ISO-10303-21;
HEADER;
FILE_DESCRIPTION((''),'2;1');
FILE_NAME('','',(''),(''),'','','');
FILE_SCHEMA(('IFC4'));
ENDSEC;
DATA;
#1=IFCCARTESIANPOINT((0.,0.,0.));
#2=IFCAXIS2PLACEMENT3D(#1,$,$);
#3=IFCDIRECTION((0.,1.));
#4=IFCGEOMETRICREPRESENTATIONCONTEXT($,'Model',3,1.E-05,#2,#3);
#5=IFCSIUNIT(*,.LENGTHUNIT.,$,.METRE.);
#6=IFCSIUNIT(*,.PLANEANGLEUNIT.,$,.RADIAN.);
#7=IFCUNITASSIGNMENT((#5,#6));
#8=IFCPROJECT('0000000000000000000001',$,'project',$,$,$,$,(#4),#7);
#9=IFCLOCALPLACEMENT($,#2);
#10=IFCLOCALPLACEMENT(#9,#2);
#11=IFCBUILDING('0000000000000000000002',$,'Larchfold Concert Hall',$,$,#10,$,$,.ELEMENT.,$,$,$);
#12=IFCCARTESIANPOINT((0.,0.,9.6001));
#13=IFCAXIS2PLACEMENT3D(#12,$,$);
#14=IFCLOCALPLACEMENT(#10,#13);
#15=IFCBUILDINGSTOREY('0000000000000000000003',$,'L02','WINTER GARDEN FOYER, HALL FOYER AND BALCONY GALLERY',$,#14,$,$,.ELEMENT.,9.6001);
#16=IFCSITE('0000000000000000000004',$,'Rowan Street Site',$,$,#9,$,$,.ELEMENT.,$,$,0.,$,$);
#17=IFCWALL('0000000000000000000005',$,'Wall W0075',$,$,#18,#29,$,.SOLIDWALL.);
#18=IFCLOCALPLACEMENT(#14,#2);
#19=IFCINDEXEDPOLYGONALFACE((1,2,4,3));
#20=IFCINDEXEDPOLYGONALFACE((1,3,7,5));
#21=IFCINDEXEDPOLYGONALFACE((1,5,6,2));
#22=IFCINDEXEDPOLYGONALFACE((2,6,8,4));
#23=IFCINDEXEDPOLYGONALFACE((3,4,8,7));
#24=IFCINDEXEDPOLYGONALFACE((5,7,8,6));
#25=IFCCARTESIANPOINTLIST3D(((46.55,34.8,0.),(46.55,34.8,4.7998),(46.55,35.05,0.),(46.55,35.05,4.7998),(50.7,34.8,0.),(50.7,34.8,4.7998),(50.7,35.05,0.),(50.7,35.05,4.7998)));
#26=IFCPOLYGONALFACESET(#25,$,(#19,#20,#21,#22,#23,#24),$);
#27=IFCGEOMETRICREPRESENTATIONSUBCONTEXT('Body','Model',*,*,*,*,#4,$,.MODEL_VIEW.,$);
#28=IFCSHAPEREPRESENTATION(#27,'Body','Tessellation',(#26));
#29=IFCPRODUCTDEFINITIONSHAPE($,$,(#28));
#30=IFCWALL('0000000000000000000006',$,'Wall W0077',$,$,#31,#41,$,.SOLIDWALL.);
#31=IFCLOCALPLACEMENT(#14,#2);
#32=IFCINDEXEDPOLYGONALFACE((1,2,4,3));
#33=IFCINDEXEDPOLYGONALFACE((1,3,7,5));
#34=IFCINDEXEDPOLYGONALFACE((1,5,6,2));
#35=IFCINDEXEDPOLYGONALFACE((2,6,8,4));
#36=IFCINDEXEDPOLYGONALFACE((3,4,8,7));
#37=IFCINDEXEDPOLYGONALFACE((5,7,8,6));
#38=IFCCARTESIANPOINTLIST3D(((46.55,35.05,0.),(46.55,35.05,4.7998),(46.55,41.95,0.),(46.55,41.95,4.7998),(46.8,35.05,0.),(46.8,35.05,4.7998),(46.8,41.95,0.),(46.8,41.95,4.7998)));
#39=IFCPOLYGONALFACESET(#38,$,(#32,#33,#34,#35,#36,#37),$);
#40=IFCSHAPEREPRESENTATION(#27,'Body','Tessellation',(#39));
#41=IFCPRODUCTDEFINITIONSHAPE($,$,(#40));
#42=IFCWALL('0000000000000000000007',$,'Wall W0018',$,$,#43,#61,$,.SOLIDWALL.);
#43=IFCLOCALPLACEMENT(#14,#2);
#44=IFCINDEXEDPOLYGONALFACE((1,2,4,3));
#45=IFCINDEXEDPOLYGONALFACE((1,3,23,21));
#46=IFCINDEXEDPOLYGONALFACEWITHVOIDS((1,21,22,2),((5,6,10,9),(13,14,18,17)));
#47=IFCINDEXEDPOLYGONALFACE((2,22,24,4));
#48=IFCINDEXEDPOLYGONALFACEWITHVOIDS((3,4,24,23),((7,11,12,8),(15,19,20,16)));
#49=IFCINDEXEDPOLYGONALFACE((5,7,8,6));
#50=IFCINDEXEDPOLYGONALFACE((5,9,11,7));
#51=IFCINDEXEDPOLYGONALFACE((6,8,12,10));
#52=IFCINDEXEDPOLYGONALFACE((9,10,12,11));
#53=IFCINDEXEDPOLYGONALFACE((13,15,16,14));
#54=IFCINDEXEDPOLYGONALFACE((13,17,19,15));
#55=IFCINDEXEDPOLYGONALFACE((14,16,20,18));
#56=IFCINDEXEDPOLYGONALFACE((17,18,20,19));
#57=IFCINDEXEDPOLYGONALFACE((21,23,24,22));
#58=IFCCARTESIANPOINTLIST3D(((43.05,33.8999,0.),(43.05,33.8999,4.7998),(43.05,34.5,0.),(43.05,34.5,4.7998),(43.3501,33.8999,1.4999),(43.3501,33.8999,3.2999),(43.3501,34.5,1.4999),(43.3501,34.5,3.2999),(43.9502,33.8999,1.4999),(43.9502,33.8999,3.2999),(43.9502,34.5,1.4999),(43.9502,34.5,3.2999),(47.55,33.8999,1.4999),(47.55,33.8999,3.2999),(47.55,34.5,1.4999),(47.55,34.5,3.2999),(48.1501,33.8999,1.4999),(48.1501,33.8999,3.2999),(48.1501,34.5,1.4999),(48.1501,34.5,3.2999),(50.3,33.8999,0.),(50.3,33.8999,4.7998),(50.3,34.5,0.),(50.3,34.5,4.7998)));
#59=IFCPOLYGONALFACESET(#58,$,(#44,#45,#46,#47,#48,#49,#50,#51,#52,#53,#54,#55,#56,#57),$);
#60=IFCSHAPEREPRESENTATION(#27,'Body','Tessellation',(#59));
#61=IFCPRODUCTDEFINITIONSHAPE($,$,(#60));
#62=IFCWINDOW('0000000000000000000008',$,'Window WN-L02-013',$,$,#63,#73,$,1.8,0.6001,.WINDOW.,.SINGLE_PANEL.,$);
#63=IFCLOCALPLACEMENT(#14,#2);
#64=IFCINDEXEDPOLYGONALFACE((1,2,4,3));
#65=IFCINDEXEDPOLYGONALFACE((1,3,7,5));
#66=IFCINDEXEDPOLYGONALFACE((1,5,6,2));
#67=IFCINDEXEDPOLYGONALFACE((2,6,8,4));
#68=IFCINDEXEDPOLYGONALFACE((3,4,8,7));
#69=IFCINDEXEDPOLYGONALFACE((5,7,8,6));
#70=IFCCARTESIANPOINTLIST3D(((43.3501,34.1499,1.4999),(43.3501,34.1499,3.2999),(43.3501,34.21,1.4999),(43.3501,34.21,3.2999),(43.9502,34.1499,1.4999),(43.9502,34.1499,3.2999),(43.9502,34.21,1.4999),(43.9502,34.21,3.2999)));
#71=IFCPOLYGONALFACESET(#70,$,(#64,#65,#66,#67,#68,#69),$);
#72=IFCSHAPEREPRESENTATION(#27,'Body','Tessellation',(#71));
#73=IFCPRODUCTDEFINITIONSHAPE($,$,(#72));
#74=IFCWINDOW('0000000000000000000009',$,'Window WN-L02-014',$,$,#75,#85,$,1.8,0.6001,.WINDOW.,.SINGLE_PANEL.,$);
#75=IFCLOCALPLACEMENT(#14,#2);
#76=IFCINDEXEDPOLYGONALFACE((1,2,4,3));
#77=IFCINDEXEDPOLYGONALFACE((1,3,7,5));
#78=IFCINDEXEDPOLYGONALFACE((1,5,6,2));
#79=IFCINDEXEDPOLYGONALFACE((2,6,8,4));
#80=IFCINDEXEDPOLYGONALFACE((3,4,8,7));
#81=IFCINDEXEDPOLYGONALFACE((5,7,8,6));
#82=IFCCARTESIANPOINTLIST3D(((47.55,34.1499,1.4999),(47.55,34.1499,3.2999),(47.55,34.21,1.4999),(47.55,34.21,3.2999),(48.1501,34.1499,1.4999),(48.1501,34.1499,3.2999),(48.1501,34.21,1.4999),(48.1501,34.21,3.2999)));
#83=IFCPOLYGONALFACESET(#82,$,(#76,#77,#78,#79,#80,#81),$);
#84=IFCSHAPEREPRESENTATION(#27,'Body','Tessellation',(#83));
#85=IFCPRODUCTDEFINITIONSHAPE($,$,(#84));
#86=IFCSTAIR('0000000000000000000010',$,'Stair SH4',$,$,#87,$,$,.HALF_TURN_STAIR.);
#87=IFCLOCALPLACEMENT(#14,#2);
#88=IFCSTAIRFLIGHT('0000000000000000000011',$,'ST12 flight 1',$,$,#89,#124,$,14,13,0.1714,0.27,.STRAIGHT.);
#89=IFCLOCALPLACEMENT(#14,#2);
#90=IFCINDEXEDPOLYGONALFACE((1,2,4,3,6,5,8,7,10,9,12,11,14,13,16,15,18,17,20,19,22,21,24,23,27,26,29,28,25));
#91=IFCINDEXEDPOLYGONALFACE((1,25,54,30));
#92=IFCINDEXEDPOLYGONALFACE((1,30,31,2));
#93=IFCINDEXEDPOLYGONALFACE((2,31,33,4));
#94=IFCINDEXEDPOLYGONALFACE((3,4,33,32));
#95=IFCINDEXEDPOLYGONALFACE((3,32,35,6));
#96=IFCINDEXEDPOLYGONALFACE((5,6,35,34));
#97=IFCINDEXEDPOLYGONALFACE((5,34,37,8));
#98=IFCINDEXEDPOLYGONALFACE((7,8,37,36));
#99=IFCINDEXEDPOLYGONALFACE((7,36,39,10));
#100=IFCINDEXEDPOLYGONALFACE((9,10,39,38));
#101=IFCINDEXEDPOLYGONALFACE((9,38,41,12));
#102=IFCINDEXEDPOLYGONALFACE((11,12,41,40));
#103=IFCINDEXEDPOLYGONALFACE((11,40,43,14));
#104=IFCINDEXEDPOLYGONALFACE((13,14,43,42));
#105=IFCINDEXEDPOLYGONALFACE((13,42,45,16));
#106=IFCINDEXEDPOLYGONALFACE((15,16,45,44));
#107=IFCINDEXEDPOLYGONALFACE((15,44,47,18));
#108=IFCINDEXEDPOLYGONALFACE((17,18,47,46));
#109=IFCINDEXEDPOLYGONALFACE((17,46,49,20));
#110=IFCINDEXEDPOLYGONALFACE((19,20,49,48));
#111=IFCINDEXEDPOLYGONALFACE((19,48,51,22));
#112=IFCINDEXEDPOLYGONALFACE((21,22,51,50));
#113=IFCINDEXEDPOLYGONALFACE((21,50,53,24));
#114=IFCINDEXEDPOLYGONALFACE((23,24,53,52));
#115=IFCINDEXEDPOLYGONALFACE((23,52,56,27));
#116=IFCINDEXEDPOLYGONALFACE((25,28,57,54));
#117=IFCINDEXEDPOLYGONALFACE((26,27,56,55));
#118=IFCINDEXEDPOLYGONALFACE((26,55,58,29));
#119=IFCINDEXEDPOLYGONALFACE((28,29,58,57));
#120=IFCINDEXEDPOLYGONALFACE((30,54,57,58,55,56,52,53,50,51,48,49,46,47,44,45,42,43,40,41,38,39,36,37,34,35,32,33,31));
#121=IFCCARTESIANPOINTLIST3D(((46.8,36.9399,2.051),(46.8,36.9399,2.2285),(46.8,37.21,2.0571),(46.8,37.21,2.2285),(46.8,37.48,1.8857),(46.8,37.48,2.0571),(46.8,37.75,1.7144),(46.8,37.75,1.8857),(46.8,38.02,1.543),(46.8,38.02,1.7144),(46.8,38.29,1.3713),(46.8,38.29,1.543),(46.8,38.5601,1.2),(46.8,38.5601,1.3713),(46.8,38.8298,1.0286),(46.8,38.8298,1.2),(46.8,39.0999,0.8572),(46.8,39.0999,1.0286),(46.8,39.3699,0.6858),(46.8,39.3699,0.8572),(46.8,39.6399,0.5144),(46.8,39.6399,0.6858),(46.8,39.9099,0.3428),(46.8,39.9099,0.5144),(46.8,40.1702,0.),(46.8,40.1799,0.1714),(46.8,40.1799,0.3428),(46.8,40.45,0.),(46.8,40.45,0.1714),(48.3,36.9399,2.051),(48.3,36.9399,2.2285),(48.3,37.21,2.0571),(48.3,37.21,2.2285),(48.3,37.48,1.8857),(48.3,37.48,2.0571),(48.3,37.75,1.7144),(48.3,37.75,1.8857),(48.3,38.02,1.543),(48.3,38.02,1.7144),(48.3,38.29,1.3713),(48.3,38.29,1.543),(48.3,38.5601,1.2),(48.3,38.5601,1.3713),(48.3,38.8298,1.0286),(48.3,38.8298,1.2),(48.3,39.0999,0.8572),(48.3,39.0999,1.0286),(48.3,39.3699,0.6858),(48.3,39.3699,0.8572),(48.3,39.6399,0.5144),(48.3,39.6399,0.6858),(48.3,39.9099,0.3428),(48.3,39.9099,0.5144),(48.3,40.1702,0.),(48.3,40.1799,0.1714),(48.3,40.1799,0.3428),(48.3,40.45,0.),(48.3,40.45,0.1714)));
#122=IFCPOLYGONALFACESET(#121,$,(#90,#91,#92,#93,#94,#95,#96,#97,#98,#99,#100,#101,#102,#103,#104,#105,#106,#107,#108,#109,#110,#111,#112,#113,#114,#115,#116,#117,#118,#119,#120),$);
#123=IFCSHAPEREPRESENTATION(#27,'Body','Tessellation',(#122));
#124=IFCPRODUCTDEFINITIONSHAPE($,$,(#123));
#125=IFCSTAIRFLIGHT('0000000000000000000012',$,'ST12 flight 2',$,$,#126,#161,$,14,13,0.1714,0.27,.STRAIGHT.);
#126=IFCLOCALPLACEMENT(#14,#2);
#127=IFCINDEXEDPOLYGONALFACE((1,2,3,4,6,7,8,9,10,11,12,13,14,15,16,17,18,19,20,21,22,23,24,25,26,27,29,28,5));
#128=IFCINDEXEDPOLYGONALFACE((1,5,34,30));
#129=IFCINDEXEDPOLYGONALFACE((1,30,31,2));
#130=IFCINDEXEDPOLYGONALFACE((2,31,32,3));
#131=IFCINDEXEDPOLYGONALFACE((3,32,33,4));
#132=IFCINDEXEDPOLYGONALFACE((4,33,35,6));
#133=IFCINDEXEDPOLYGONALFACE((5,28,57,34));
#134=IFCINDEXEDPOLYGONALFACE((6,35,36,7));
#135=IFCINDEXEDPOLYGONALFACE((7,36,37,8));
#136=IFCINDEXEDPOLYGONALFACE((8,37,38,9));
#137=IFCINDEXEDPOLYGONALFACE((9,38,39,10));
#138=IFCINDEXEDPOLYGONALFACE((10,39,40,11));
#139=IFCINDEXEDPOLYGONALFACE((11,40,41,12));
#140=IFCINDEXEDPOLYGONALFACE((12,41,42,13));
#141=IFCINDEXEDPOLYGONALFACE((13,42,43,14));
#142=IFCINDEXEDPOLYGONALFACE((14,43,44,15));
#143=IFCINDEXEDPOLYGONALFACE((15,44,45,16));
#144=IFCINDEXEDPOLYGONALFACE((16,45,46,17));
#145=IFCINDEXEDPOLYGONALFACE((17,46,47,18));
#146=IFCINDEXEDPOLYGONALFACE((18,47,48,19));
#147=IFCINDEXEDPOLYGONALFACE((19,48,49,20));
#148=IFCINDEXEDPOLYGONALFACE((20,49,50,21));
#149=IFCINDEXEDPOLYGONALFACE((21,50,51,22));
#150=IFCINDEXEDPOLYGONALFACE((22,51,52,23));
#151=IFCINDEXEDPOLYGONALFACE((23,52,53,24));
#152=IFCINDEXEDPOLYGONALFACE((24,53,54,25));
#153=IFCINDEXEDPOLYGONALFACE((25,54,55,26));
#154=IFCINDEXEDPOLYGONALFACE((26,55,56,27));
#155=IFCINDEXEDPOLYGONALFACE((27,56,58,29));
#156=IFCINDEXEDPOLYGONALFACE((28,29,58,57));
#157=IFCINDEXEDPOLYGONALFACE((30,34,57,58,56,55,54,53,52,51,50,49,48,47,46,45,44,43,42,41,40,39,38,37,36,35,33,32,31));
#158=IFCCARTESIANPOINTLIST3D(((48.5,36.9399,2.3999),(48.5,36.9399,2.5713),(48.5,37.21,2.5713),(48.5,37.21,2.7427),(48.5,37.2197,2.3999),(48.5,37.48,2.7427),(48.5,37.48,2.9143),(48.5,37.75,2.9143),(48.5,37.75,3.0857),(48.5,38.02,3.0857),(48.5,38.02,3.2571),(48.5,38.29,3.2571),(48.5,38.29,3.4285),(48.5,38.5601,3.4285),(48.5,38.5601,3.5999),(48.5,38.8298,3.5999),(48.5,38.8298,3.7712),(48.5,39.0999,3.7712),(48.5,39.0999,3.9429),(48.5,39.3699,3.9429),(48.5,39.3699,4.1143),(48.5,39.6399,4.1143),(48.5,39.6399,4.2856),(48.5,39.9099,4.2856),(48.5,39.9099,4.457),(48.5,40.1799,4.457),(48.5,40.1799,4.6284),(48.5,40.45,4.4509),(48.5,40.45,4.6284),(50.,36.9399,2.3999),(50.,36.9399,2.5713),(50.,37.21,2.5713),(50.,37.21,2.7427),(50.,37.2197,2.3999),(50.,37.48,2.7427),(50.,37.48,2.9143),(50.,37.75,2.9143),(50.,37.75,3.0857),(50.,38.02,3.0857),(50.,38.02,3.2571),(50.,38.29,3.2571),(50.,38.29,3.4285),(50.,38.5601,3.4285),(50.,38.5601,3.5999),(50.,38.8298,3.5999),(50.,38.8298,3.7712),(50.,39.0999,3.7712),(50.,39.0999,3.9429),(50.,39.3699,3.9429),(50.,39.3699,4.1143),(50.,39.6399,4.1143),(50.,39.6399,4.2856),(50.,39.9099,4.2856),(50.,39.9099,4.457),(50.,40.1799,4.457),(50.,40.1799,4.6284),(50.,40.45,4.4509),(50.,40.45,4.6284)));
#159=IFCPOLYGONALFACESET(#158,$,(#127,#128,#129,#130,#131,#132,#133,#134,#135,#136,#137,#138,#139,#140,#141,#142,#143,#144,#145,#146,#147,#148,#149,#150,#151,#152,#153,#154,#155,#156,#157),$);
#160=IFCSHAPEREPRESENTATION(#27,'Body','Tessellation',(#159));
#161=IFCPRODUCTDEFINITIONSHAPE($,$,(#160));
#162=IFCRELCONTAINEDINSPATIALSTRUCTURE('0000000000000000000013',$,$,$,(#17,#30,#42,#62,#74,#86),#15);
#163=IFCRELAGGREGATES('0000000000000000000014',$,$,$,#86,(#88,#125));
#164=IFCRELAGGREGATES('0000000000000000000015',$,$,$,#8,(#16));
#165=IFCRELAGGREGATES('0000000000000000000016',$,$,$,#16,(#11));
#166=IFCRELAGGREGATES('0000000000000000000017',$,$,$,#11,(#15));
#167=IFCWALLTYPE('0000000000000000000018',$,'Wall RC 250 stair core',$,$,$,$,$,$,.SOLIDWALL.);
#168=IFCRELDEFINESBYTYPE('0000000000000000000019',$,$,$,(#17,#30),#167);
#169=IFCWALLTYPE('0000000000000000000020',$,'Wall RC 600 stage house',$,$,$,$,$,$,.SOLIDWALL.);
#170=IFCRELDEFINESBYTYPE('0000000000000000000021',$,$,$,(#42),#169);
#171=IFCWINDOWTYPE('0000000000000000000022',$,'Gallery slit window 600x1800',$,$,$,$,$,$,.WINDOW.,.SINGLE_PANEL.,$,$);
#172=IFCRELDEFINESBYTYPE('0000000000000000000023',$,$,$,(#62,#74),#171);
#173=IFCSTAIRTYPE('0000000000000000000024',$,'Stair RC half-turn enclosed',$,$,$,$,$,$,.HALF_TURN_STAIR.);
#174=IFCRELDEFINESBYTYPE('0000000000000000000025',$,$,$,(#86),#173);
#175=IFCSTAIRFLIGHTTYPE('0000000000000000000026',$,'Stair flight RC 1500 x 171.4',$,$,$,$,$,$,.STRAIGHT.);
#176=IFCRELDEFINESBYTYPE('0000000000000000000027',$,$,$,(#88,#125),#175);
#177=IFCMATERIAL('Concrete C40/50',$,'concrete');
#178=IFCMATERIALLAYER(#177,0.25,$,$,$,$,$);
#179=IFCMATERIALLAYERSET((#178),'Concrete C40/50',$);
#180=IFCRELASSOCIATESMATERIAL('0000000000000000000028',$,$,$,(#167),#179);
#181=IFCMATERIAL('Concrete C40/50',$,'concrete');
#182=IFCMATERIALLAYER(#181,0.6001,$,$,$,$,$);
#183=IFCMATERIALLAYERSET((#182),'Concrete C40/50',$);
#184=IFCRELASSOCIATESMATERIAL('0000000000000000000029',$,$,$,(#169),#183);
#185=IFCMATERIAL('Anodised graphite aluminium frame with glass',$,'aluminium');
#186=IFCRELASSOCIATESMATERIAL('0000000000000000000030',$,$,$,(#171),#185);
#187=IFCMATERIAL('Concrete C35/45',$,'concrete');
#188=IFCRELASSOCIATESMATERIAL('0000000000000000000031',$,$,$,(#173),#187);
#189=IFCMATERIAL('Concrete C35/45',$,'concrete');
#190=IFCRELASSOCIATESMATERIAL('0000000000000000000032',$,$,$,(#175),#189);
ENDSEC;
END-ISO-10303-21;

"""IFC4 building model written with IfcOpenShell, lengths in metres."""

from ifc_helpers import new_model, si_unit, direction, frame, frame_2d, origin, place, context, subcontext, project, spatial, polyline, rectangle, outline, extrude, material, layer, layer_set, type_object, element, fill, aggregate, save


model = new_model("IFC4")

# Units and contexts
model_context = context("Model", 3, precision=1e-05, world=origin(), true_north=direction((0.0, 1.0)))
body_context = subcontext(model_context, "Body", "Model", "MODEL_VIEW")
ifc_project = project(units=[si_unit("LENGTHUNIT", "METRE"), si_unit("PLANEANGLEUNIT", "RADIAN")], contexts=[model_context])

# Site, building, storey
site_placement = place(None, origin())
site = spatial("IfcSite", under=ifc_project, at=site_placement, Name="Rowan Street Site", CompositionType="ELEMENT", RefElevation=0.0)
building_placement = place(site_placement, origin())
building = spatial("IfcBuilding", under=site, at=building_placement, Name="Larchfold Concert Hall", CompositionType="ELEMENT")
storey_placement = place(building_placement, frame((0.0, 0.0, 9.6001)))
storey = spatial("IfcBuildingStorey", under=building, at=storey_placement, Name="L02", Description="WINTER GARDEN FOYER, HALL FOYER AND BALCONY GALLERY", CompositionType="ELEMENT", Elevation=9.6001)

# Shared definitions
ifc_material_1 = material(Name="Concrete C40/50", Category="concrete")
ifc_layer_1 = layer(ifc_material_1, 0.25)
ifc_layer_set_1 = layer_set([ifc_layer_1], Name="Concrete C40/50")
wall_type_1 = type_object("IfcWallType", Name="Wall RC 250 stair core", PredefinedType="SOLIDWALL", material=ifc_layer_set_1)

# Walls
wall_1_placement = place(storey_placement, frame((46.55, 34.925, 0.0), z_axis=(0.0, 0.0, 1.0), x_axis=(1.0, 0.0, 0.0)))
element("IfcWall", 1, at=wall_1_placement, inside=storey, type_object=wall_type_1, Name="Wall W0075", PredefinedType="SOLIDWALL", context=body_context, shape_type="SweptSolid", body=[
    extrude(rectangle(XDim=4.1499, YDim=0.25, at=frame_2d((2.075, 0.0))), origin(), (0.0, 0.0, 1.0), 4.7998),
])
wall_2_placement = place(storey_placement, frame((46.675, 35.05, 0.0), z_axis=(0.0, 0.0, 1.0), x_axis=(0.0, 1.0, 0.0)))
element("IfcWall", 2, at=wall_2_placement, inside=storey, type_object=wall_type_1, Name="Wall W0077", PredefinedType="SOLIDWALL", context=body_context, shape_type="SweptSolid", body=[
    extrude(rectangle(XDim=6.8999, YDim=0.25, at=frame_2d((3.45, 0.0))), origin(), (0.0, 0.0, 1.0), 4.7998),
])

# Wall, openings, windows
ifc_material_2 = material(Name="Concrete C40/50", Category="concrete")
ifc_layer_2 = layer(ifc_material_2, 0.6001)
ifc_layer_set_2 = layer_set([ifc_layer_2], Name="Concrete C40/50")
wall_type_2 = type_object("IfcWallType", Name="Wall RC 600 stage house", PredefinedType="SOLIDWALL", material=ifc_layer_set_2)
wall_3_placement = place(storey_placement, frame((43.05, 34.2, 0.0), z_axis=(0.0, 0.0, 1.0), x_axis=(1.0, 0.0, 0.0)))
wall_3 = element("IfcWall", 3, at=wall_3_placement, inside=storey, type_object=wall_type_2, Name="Wall W0018", PredefinedType="SOLIDWALL", context=body_context, shape_type="SweptSolid", body=[
    extrude(rectangle(XDim=7.25, YDim=0.6001, at=frame_2d((3.625, 0.0))), origin(), (0.0, 0.0, 1.0), 4.7998),
])
opening_1_placement = place(wall_3_placement, frame((0.3, 0.0, 1.5)))
opening_1 = element("IfcOpeningElement", 4, at=opening_1_placement, cuts=wall_3, PredefinedType="OPENING", context=body_context, shape_type="SweptSolid", body=[
    extrude(rectangle(XDim=0.6001, YDim=1.8, at=frame_2d((0.3, 0.8999))), frame((0.0, 0.3101, 0.0), z_axis=(0.0, -1.0, 0.0), x_axis=(1.0, 0.0, 0.0)), (0.0, 0.0, 1.0), 0.6201),
])
opening_2_placement = place(wall_3_placement, frame((4.5, 0.0, 1.5)))
opening_2 = element("IfcOpeningElement", 5, at=opening_2_placement, cuts=wall_3, PredefinedType="OPENING", context=body_context, shape_type="SweptSolid", body=[
    extrude(rectangle(XDim=0.6001, YDim=1.8, at=frame_2d((0.3, 0.8999))), frame((0.0, 0.3101, 0.0), z_axis=(0.0, -1.0, 0.0), x_axis=(1.0, 0.0, 0.0)), (0.0, 0.0, 1.0), 0.6201),
])
ifc_material_3 = material(Name="Anodised graphite aluminium frame with glass", Category="aluminium")
window_type = type_object("IfcWindowType", Name="Gallery slit window 600x1800", PartitioningType="SINGLE_PANEL", PredefinedType="WINDOW", material=ifc_material_3)
window_1_placement = place(opening_1_placement, origin())
window_1 = element("IfcWindow", 6, at=window_1_placement, inside=storey, type_object=window_type, Name="Window WN-L02-013", OverallHeight=1.8, OverallWidth=0.6001, PartitioningType="SINGLE_PANEL", PredefinedType="WINDOW", context=body_context, shape_type="SweptSolid", body=[
    extrude(rectangle(XDim=0.6001, YDim=1.8, at=frame_2d((0.3, 0.8999))), frame((0.0, 0.01, 0.0), z_axis=(0.0, -1.0, 0.0), x_axis=(1.0, 0.0, 0.0)), (0.0, 0.0, 1.0), 0.0601),
])
fill(opening_1, window_1)
window_2_placement = place(opening_2_placement, origin())
window_2 = element("IfcWindow", 7, at=window_2_placement, inside=storey, type_object=window_type, Name="Window WN-L02-014", OverallHeight=1.8, OverallWidth=0.6001, PartitioningType="SINGLE_PANEL", PredefinedType="WINDOW", context=body_context, shape_type="SweptSolid", body=[
    extrude(rectangle(XDim=0.6001, YDim=1.8, at=frame_2d((0.3, 0.8999))), frame((0.0, 0.01, 0.0), z_axis=(0.0, -1.0, 0.0), x_axis=(1.0, 0.0, 0.0)), (0.0, 0.0, 1.0), 0.0601),
])
fill(opening_2, window_2)

# Stair, stair flights
ifc_material_4 = material(Name="Concrete C35/45", Category="concrete")
stair_type = type_object("IfcStairType", Name="Stair RC half-turn enclosed", PredefinedType="HALF_TURN_STAIR", material=ifc_material_4)
stair_placement = place(storey_placement, origin())
stair = element("IfcStair", 8, at=stair_placement, inside=storey, type_object=stair_type, Name="Stair SH4", PredefinedType="HALF_TURN_STAIR")
ifc_material_5 = material(Name="Concrete C35/45", Category="concrete")
stair_flight_type = type_object("IfcStairFlightType", Name="Stair flight RC 1500 x 171.4", PredefinedType="STRAIGHT", material=ifc_material_5)
stair_flight_1_placement = place(storey_placement, frame((47.55, 40.45, 0.0), z_axis=(0.0, 0.0, 1.0), x_axis=(0.0, -1.0, 0.0)))
stair_flight_1 = element("IfcStairFlight", 9, at=stair_flight_1_placement, type_object=stair_flight_type, Name="ST12 flight 1", NumberOfRisers=14, NumberOfTreads=13, PredefinedType="STRAIGHT", RiserHeight=0.1714, TreadLength=0.27, context=body_context, shape_type="SweptSolid", body=[
    extrude(outline(polyline([(0.0, 0.0), (0.0, 0.1714), (0.27, 0.1714), (0.27, 0.3428), (0.54, 0.3428), (0.54, 0.5144), (0.8101, 0.5144), (0.8101, 0.6858), (1.0801, 0.6858), (1.0801, 0.8572), (1.3501, 0.8572), (1.3501, 1.0286), (1.6201, 1.0286), (1.6201, 1.2), (1.8899, 1.2), (1.8899, 1.3713), (2.1599, 1.3713), (2.1599, 1.543), (2.4299, 1.543), (2.4299, 1.7144), (2.7, 1.7144), (2.7, 1.8857), (2.97, 1.8857), (2.97, 2.0571), (3.24, 2.0571), (3.24, 2.2285), (3.51, 2.2285), (3.51, 2.3999), (3.51, 2.051), (0.2798, 0.0), (0.0, 0.0)])), frame((0.0, 0.75, 0.0), z_axis=(0.0, -1.0, 0.0), x_axis=(1.0, 0.0, 0.0)), (0.0, 0.0, 1.0), 1.5),
])
stair_flight_2_placement = place(storey_placement, frame((49.25, 36.9399, 2.3999), z_axis=(0.0, 0.0, 1.0), x_axis=(0.0, 1.0, 0.0)))
stair_flight_2 = element("IfcStairFlight", 10, at=stair_flight_2_placement, type_object=stair_flight_type, Name="ST12 flight 2", NumberOfRisers=14, NumberOfTreads=13, PredefinedType="STRAIGHT", RiserHeight=0.1714, TreadLength=0.27, context=body_context, shape_type="SweptSolid", body=[
    extrude(outline(polyline([(0.0, 0.0), (0.0, 0.1714), (0.27, 0.1714), (0.27, 0.3428), (0.54, 0.3428), (0.54, 0.5144), (0.8101, 0.5144), (0.8101, 0.6858), (1.0801, 0.6858), (1.0801, 0.8572), (1.3501, 0.8572), (1.3501, 1.0286), (1.6201, 1.0286), (1.6201, 1.2), (1.8899, 1.2), (1.8899, 1.3713), (2.1599, 1.3713), (2.1599, 1.543), (2.4299, 1.543), (2.4299, 1.7144), (2.7, 1.7144), (2.7, 1.8857), (2.97, 1.8857), (2.97, 2.0571), (3.24, 2.0571), (3.24, 2.2285), (3.51, 2.2285), (3.51, 2.3999), (3.51, 2.051), (0.2798, 0.0), (0.0, 0.0)])), frame((0.0, 0.75, 0.0), z_axis=(0.0, -1.0, 0.0), x_axis=(1.0, 0.0, 0.0)), (0.0, 0.0, 1.0), 1.5),
])
aggregate(stair, [stair_flight_1, stair_flight_2])

save(model, "model.ifc")
